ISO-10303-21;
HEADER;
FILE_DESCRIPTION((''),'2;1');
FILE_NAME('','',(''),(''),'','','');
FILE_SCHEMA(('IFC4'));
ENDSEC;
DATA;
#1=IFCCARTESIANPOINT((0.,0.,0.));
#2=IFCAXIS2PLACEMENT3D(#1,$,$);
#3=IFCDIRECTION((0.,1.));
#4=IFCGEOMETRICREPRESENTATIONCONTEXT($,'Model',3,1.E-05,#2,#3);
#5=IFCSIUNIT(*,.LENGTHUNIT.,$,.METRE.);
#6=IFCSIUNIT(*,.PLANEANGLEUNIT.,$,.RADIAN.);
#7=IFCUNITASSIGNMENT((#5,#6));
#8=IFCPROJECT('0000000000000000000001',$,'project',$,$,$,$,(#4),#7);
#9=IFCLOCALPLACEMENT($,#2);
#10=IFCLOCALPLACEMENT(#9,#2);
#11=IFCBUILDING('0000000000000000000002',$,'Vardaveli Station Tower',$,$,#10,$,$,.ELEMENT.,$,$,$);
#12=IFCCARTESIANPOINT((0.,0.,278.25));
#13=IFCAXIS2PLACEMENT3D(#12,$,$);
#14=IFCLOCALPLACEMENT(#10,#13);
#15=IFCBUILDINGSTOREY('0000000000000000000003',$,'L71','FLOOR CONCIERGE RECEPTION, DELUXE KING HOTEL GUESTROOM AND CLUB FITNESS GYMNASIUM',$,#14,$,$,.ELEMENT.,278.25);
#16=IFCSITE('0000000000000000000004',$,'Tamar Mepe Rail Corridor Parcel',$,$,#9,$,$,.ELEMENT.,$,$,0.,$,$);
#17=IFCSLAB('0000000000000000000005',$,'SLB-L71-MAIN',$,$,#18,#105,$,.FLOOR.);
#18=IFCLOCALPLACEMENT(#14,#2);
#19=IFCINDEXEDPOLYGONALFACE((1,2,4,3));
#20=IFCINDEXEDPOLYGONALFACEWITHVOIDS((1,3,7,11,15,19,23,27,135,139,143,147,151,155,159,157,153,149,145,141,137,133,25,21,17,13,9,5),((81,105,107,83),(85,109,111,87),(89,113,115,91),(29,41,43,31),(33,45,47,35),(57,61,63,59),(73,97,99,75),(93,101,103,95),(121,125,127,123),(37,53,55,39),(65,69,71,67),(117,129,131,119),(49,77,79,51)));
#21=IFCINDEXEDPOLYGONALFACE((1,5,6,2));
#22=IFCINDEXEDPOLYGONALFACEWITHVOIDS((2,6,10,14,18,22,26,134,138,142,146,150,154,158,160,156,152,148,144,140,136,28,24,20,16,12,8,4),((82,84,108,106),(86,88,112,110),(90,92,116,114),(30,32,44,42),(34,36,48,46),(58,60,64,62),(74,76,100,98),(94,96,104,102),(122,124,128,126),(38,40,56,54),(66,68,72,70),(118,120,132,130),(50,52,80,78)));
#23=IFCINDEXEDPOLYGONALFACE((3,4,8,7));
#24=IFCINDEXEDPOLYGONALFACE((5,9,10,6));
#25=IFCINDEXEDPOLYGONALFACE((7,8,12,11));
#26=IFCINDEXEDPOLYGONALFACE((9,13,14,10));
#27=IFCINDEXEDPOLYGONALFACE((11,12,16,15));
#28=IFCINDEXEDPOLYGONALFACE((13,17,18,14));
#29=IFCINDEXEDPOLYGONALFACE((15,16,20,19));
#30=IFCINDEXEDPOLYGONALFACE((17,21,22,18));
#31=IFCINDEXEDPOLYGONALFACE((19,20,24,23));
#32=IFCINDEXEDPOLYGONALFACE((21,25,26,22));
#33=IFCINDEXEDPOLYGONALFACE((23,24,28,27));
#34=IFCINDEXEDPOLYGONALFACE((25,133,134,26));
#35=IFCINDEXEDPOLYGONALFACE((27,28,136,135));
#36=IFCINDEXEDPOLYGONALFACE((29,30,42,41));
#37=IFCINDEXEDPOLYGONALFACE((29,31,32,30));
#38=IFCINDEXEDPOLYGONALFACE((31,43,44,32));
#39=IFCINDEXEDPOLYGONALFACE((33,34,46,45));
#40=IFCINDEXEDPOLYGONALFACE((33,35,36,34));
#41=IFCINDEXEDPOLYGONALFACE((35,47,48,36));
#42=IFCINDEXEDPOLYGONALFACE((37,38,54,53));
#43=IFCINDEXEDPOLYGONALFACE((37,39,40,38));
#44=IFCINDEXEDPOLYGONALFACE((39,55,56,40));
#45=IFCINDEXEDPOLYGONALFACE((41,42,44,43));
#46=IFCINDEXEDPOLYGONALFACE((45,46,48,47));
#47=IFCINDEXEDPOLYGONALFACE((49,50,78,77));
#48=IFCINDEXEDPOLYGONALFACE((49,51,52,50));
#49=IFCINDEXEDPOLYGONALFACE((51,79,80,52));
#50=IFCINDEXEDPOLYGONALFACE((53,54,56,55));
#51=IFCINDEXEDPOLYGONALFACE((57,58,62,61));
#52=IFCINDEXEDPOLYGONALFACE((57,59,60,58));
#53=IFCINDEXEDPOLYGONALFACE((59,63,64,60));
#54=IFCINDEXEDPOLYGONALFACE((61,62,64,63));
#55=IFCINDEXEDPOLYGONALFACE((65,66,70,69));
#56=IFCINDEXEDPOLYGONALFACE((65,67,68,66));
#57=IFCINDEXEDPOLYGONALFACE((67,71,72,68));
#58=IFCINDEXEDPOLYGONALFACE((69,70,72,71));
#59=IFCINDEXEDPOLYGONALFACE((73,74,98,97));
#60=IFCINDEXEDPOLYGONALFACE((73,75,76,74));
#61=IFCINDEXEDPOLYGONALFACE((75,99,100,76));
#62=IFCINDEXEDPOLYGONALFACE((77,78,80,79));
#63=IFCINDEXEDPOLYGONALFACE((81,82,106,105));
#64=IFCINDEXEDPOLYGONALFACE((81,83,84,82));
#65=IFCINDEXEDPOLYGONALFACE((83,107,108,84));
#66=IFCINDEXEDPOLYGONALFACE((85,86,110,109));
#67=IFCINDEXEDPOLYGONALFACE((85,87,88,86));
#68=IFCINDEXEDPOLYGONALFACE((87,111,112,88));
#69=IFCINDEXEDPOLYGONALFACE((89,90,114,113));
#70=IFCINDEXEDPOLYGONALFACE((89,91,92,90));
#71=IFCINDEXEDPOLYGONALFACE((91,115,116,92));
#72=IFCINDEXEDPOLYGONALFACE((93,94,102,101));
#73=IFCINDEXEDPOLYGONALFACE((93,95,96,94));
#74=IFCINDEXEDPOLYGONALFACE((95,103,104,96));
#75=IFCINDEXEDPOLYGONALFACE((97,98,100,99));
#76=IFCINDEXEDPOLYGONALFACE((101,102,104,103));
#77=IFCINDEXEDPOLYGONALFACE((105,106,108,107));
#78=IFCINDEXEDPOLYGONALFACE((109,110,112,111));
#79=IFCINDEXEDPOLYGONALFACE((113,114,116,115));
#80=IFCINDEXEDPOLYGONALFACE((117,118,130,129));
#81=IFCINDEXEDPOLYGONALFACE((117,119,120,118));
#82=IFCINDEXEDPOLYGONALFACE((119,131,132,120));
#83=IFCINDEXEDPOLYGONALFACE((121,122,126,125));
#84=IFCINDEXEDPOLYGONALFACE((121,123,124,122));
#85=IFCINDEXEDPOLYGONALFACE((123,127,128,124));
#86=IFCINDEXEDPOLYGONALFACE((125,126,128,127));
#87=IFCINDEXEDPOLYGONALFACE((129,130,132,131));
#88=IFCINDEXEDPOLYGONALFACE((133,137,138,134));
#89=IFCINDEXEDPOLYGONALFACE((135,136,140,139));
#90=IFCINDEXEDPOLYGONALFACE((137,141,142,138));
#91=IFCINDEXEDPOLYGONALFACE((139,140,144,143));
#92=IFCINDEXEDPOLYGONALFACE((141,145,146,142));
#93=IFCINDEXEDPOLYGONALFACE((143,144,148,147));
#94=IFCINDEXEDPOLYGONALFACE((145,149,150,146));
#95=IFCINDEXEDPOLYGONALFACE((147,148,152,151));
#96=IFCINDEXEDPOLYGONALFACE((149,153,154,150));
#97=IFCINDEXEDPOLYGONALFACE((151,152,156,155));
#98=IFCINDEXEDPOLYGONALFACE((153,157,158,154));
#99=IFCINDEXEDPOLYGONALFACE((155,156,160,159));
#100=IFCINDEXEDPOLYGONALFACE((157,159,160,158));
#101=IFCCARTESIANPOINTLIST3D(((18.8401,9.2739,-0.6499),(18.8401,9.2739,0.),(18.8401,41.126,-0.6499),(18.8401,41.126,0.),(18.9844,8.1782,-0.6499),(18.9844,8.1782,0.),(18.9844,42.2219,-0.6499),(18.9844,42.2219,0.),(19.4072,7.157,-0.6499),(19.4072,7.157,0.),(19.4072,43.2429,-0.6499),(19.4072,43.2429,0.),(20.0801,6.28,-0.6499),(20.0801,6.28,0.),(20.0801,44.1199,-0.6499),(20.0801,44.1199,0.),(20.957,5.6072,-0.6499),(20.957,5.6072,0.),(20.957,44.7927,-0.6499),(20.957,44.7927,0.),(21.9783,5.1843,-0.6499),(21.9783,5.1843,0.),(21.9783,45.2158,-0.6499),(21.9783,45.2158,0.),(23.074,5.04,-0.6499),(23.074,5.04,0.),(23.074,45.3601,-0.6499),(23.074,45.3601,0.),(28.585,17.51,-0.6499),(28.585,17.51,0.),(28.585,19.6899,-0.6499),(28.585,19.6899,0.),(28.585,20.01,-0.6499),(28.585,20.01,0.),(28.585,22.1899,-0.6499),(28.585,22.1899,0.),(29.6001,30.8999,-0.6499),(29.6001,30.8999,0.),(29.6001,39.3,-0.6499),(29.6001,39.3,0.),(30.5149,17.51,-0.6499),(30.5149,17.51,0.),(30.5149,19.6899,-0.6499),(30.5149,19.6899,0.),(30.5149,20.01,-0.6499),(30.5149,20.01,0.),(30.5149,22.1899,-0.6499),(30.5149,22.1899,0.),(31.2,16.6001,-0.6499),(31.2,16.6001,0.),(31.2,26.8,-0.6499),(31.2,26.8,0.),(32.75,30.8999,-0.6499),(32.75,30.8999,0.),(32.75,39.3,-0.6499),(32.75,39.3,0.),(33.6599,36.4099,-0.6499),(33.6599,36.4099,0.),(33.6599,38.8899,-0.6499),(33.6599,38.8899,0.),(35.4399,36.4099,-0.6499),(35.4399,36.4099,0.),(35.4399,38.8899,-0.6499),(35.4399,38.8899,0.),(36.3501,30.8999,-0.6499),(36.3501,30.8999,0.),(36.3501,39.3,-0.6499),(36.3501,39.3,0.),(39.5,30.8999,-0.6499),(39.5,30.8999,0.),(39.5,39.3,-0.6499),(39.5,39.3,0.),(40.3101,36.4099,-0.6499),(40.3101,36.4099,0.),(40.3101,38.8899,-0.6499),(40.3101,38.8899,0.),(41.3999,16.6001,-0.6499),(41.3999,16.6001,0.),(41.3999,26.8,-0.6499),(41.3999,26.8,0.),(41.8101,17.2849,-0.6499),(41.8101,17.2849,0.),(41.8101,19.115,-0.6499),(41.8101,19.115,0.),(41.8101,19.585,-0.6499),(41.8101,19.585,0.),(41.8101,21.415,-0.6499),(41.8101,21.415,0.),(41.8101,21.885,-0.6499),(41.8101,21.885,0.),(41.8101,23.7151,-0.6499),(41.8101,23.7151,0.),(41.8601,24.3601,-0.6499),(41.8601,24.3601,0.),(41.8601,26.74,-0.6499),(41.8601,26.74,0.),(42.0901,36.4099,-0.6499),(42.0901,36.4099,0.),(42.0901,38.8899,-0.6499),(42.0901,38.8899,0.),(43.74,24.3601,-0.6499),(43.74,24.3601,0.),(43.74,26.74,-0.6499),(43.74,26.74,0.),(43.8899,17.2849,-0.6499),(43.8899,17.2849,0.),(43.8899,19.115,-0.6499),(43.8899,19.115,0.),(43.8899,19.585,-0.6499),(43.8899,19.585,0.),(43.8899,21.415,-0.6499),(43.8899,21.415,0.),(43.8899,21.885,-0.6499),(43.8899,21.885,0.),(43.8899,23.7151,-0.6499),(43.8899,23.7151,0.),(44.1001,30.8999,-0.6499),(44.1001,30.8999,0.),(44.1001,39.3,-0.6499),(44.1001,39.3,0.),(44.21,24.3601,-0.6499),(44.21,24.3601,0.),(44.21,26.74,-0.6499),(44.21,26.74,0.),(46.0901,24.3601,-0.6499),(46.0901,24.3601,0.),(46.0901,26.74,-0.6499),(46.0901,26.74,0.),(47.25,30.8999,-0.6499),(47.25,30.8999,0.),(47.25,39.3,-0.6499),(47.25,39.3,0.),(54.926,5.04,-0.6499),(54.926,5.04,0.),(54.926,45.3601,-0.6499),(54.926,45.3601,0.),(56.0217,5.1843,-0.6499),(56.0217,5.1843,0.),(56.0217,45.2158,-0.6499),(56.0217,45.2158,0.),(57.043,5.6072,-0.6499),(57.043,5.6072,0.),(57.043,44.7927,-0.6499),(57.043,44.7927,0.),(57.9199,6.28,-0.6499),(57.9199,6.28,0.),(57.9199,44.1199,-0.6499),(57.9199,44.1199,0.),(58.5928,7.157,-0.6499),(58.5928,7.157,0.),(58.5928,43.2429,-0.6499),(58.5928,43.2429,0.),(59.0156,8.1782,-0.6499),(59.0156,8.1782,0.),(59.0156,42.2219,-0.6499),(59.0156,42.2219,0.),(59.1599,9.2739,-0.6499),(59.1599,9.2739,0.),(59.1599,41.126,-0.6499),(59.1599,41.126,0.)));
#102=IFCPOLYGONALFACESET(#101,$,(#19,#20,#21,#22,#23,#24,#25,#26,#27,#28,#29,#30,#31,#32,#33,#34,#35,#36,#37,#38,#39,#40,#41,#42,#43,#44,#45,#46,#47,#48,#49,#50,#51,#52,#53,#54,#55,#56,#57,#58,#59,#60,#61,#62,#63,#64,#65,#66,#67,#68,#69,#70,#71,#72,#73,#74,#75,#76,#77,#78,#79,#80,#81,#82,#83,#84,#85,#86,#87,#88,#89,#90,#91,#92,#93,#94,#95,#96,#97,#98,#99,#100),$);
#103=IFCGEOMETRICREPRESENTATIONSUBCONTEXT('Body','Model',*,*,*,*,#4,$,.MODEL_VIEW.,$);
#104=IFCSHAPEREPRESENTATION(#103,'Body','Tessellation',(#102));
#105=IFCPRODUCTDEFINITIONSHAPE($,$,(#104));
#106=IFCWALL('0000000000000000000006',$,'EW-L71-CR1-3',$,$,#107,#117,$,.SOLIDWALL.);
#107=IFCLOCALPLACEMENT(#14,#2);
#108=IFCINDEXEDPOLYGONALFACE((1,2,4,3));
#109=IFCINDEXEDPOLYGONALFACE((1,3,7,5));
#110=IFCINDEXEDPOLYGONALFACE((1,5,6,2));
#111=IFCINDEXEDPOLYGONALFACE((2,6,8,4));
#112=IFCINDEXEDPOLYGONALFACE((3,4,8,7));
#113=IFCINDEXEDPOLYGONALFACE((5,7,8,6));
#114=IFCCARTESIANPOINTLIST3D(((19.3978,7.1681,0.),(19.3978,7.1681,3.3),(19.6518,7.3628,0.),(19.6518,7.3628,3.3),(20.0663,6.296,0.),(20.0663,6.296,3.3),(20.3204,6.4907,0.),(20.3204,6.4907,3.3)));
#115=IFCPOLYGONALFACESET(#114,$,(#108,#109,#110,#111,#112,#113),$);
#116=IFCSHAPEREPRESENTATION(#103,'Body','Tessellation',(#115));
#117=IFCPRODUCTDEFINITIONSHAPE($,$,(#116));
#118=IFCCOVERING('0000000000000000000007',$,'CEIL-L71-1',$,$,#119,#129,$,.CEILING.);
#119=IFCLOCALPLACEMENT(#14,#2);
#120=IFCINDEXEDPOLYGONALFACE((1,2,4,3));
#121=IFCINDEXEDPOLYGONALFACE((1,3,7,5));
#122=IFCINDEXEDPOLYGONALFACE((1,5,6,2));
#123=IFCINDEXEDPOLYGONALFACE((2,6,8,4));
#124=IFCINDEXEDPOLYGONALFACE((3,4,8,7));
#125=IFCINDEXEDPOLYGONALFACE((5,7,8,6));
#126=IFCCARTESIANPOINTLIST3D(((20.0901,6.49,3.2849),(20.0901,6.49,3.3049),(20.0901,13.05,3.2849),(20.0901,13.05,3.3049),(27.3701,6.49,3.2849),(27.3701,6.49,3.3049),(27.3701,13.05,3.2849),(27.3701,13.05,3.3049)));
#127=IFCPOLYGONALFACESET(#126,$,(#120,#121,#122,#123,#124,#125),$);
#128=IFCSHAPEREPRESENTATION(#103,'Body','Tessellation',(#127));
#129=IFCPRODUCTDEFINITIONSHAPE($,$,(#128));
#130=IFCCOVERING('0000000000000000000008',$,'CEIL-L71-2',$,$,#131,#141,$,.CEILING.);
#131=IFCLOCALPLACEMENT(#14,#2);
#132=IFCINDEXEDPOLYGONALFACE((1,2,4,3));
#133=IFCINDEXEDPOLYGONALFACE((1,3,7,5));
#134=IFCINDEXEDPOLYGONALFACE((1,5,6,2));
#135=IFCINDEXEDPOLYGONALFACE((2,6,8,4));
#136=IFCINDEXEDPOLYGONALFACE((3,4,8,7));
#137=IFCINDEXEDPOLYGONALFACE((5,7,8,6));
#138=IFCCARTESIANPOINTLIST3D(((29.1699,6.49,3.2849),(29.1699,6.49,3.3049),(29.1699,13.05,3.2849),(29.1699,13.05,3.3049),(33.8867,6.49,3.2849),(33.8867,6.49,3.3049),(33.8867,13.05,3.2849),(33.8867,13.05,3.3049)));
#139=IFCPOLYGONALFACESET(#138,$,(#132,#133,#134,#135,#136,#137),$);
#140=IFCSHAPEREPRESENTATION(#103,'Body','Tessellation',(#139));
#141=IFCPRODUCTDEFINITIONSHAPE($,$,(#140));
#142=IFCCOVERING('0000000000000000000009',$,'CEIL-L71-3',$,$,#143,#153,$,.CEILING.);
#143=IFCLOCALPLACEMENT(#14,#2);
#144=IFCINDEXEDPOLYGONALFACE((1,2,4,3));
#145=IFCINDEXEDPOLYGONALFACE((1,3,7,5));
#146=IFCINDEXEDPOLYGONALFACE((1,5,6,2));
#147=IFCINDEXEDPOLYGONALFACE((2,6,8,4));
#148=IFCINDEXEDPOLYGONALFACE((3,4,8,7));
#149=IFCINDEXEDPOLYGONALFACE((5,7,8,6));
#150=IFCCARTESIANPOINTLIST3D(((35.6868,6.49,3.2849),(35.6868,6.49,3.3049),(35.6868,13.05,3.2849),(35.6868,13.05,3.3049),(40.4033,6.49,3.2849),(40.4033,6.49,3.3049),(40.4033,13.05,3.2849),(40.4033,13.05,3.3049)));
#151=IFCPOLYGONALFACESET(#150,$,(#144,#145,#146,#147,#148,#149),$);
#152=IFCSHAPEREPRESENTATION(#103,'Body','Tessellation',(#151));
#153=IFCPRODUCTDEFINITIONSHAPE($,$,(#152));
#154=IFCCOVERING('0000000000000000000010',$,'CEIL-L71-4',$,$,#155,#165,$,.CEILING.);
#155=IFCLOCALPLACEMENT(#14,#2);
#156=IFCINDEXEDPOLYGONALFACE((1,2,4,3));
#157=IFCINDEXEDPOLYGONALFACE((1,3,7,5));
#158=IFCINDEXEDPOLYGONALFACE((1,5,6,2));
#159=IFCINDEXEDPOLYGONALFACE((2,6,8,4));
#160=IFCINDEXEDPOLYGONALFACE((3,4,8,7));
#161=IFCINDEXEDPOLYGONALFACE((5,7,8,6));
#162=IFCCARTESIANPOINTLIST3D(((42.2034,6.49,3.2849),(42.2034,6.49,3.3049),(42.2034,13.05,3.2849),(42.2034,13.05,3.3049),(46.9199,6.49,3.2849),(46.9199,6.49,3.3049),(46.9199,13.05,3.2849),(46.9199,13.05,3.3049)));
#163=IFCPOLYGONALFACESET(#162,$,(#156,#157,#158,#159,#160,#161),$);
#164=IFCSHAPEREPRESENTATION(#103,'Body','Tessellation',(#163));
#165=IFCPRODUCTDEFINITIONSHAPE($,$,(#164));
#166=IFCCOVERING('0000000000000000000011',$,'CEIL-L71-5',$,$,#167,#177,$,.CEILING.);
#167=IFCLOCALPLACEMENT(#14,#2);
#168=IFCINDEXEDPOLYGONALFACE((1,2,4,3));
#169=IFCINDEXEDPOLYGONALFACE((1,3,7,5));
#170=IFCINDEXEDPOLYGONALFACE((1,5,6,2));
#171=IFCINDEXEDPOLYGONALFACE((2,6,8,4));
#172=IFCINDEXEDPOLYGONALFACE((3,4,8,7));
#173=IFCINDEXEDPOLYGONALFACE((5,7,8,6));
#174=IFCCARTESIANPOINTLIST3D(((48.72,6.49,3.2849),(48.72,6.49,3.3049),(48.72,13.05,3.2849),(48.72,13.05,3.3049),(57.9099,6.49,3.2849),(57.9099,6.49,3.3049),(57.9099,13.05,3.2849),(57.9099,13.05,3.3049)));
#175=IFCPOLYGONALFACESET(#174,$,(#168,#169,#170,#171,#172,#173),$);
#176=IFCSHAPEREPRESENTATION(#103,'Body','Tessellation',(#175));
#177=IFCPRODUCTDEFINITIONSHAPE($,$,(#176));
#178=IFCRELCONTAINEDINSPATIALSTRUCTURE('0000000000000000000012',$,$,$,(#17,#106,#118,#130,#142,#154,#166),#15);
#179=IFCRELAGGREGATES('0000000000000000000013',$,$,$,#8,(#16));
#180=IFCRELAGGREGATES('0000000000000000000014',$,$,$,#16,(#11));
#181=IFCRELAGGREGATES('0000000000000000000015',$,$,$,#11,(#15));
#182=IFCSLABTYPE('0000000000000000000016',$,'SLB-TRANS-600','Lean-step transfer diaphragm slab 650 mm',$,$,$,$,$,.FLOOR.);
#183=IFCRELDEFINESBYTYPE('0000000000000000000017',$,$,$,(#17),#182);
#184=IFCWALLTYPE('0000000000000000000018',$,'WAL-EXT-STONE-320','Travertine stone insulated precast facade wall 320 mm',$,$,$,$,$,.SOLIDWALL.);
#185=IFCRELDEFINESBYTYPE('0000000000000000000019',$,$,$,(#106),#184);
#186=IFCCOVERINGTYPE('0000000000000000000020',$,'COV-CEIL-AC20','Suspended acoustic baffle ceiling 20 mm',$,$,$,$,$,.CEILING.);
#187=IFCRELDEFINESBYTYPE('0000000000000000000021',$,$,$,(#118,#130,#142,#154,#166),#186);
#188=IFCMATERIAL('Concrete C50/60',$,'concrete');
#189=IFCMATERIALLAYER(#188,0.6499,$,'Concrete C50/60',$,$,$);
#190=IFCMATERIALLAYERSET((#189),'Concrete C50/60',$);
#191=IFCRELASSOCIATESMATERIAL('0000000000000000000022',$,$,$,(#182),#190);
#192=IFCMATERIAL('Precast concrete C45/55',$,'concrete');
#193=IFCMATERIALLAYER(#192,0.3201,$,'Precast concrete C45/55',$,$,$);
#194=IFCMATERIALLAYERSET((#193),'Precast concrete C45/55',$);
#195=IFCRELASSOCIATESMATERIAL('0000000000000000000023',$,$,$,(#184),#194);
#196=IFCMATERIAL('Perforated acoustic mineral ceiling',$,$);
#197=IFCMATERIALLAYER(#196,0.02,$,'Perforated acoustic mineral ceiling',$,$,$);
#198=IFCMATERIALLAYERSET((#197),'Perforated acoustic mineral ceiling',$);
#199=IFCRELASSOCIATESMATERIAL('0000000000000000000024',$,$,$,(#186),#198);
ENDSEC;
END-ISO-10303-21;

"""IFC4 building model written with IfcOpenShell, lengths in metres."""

from ifc_helpers import new_model, si_unit, direction, frame, frame_2d, origin, place, context, subcontext, project, spatial, polyline, rectangle, outline, extrude, source, transform, mapped, material, layer, layer_set, type_object, element, save


model = new_model("IFC4")

# Units and contexts
model_context = context("Model", 3, precision=1e-05, world=origin(), true_north=direction((0.0, 1.0)))
body_context = subcontext(model_context, "Body", "Model", "MODEL_VIEW")
ifc_project = project(units=[si_unit("LENGTHUNIT", "METRE"), si_unit("PLANEANGLEUNIT", "RADIAN")], contexts=[model_context])

# Site, building, storey
site_placement = place(None, origin())
site = spatial("IfcSite", under=ifc_project, at=site_placement, Name="Tamar Mepe Rail Corridor Parcel", CompositionType="ELEMENT", RefElevation=0.0)
building_placement = place(site_placement, origin())
building = spatial("IfcBuilding", under=site, at=building_placement, Name="Vardaveli Station Tower", CompositionType="ELEMENT")
storey_placement = place(building_placement, frame((0.0, 0.0, 278.25)))
storey = spatial("IfcBuildingStorey", under=building, at=storey_placement, Name="L71", Description="FLOOR CONCIERGE RECEPTION, DELUXE KING HOTEL GUESTROOM AND CLUB FITNESS GYMNASIUM", CompositionType="ELEMENT", Elevation=278.25)

# Slab
ifc_material_1 = material(Name="Precast concrete C45/55", Category="concrete")
ifc_material_2 = material(Name="Concrete C50/60", Category="concrete")
ifc_layer_1 = layer(ifc_material_2, 0.6499, Name="Concrete C50/60")
ifc_layer_set_1 = layer_set([ifc_layer_1], Name="Concrete C50/60")
slab_type_1 = type_object("IfcSlabType", Name="SLB-TRANS-600", Description="Lean-step transfer diaphragm slab 650 mm", PredefinedType="FLOOR", material=ifc_layer_set_1)
slab_1_placement = place(storey_placement, frame((0.0, 0.0, -0.6499)))
element("IfcSlab", 1, at=slab_1_placement, inside=storey, type_object=slab_type_1, Name="SLB-L71-MAIN", PredefinedType="FLOOR", context=body_context, shape_type="SweptSolid", body=[
    extrude(outline(polyline([(18.8401, 9.2739), (18.9844, 8.1782), (19.4072, 7.157), (20.0801, 6.28), (20.957, 5.6072), (21.9783, 5.1843), (23.074, 5.04), (54.926, 5.04), (56.0217, 5.1843), (57.043, 5.6072), (57.9199, 6.28), (58.5928, 7.157), (59.0156, 8.1782), (59.1599, 9.2739), (59.1599, 41.126), (59.0156, 42.2219), (58.5928, 43.2429), (57.9199, 44.1199), (57.043, 44.7927), (56.0217, 45.2158), (54.926, 45.3601), (23.074, 45.3601), (21.9783, 45.2158), (20.957, 44.7927), (20.0801, 44.1199), (19.4072, 43.2429), (18.9844, 42.2219), (18.8401, 41.126), (18.8401, 9.2739)]), holes=[polyline([(31.2, 16.6001), (41.3999, 16.6001), (41.3999, 26.8), (31.2, 26.8), (31.2, 16.6001)]), polyline([(32.75, 30.8999), (32.75, 39.3), (29.6001, 39.3), (29.6001, 30.8999), (32.75, 30.8999)]), polyline([(39.5, 30.8999), (39.5, 39.3), (36.3501, 39.3), (36.3501, 30.8999), (39.5, 30.8999)]), polyline([(47.25, 30.8999), (47.25, 39.3), (44.1001, 39.3), (44.1001, 30.8999), (47.25, 30.8999)]), polyline([(33.6599, 36.4099), (35.4399, 36.4099), (35.4399, 38.8899), (33.6599, 38.8899), (33.6599, 36.4099)]), polyline([(40.3101, 36.4099), (42.0901, 36.4099), (42.0901, 38.8899), (40.3101, 38.8899), (40.3101, 36.4099)]), polyline([(41.8101, 21.885), (43.8899, 21.885), (43.8899, 23.7151), (41.8101, 23.7151), (41.8101, 21.885)]), polyline([(41.8101, 19.585), (43.8899, 19.585), (43.8899, 21.415), (41.8101, 21.415), (41.8101, 19.585)]), polyline([(41.8101, 17.2849), (43.8899, 17.2849), (43.8899, 19.115), (41.8101, 19.115), (41.8101, 17.2849)]), polyline([(28.585, 17.51), (30.5149, 17.51), (30.5149, 19.6899), (28.585, 19.6899), (28.585, 17.51)]), polyline([(28.585, 20.01), (30.5149, 20.01), (30.5149, 22.1899), (28.585, 22.1899), (28.585, 20.01)]), polyline([(41.8601, 24.3601), (43.74, 24.3601), (43.74, 26.74), (41.8601, 26.74), (41.8601, 24.3601)]), polyline([(44.21, 24.3601), (46.0901, 24.3601), (46.0901, 26.74), (44.21, 26.74), (44.21, 24.3601)])]), origin(), (0.0, 0.0, 1.0), 0.6499),
])

# Wall
ifc_layer_2 = layer(ifc_material_1, 0.3201, Name="Precast concrete C45/55")
ifc_layer_set_2 = layer_set([ifc_layer_2], Name="Precast concrete C45/55")
wall_type = type_object("IfcWallType", Name="WAL-EXT-STONE-320", Description="Travertine stone insulated precast facade wall 320 mm", PredefinedType="SOLIDWALL", material=ifc_layer_set_2)
shared_shape = source(origin(), body_context, "Body", "SweptSolid", [
    extrude(rectangle(XDim=1.0989, YDim=0.3201, at=frame_2d((0.5493, 0.0))), origin(), (0.0, 0.0, 1.0), 3.3),
])
wall_placement = place(storey_placement, frame((19.5249, 7.2654, 0.0), z_axis=(0.0, 0.0, 1.0), x_axis=(0.608357, -0.793664, 0.0)))
element("IfcWall", 2, at=wall_placement, inside=storey, type_object=wall_type, Name="EW-L71-CR1-3", PredefinedType="SOLIDWALL", context=body_context, shape_type="MappedRepresentation", body=[
    mapped(shared_shape, transform((0.0, 0.0, 0.0), scale=1.0)),
])

# Coverings
ifc_material_3 = material(Name="Perforated acoustic mineral ceiling")
ifc_layer_3 = layer(ifc_material_3, 0.02, Name="Perforated acoustic mineral ceiling")
ifc_layer_set_3 = layer_set([ifc_layer_3], Name="Perforated acoustic mineral ceiling")
covering_type_1 = type_object("IfcCoveringType", Name="COV-CEIL-AC20", Description="Suspended acoustic baffle ceiling 20 mm", PredefinedType="CEILING", material=ifc_layer_set_3)
covering_1_placement = place(storey_placement, frame((0.0, 0.0, 3.2849)))
element("IfcCovering", 3, at=covering_1_placement, inside=storey, type_object=covering_type_1, Name="CEIL-L71-1", PredefinedType="CEILING", context=body_context, shape_type="SweptSolid", body=[
    extrude(outline(polyline([(20.0901, 6.49), (27.3701, 6.49), (27.3701, 13.05), (20.0901, 13.05), (20.0901, 6.49)])), origin(), (0.0, 0.0, 1.0), 0.02),
])
covering_2_placement = place(storey_placement, frame((0.0, 0.0, 3.2849)))
element("IfcCovering", 4, at=covering_2_placement, inside=storey, type_object=covering_type_1, Name="CEIL-L71-2", PredefinedType="CEILING", context=body_context, shape_type="SweptSolid", body=[
    extrude(outline(polyline([(29.1699, 6.49), (33.8867, 6.49), (33.8867, 13.05), (29.1699, 13.05), (29.1699, 6.49)])), origin(), (0.0, 0.0, 1.0), 0.02),
])
covering_3_placement = place(storey_placement, frame((0.0, 0.0, 3.2849)))
element("IfcCovering", 5, at=covering_3_placement, inside=storey, type_object=covering_type_1, Name="CEIL-L71-3", PredefinedType="CEILING", context=body_context, shape_type="SweptSolid", body=[
    extrude(outline(polyline([(35.6868, 6.49), (40.4033, 6.49), (40.4033, 13.05), (35.6868, 13.05), (35.6868, 6.49)])), origin(), (0.0, 0.0, 1.0), 0.02),
])
covering_4_placement = place(storey_placement, frame((0.0, 0.0, 3.2849)))
element("IfcCovering", 6, at=covering_4_placement, inside=storey, type_object=covering_type_1, Name="CEIL-L71-4", PredefinedType="CEILING", context=body_context, shape_type="SweptSolid", body=[
    extrude(outline(polyline([(42.2034, 6.49), (46.9199, 6.49), (46.9199, 13.05), (42.2034, 13.05), (42.2034, 6.49)])), origin(), (0.0, 0.0, 1.0), 0.02),
])
covering_5_placement = place(storey_placement, frame((0.0, 0.0, 3.2849)))
element("IfcCovering", 7, at=covering_5_placement, inside=storey, type_object=covering_type_1, Name="CEIL-L71-5", PredefinedType="CEILING", context=body_context, shape_type="SweptSolid", body=[
    extrude(outline(polyline([(48.72, 6.49), (57.9099, 6.49), (57.9099, 13.05), (48.72, 13.05), (48.72, 6.49)])), origin(), (0.0, 0.0, 1.0), 0.02),
])

save(model, "model.ifc")
